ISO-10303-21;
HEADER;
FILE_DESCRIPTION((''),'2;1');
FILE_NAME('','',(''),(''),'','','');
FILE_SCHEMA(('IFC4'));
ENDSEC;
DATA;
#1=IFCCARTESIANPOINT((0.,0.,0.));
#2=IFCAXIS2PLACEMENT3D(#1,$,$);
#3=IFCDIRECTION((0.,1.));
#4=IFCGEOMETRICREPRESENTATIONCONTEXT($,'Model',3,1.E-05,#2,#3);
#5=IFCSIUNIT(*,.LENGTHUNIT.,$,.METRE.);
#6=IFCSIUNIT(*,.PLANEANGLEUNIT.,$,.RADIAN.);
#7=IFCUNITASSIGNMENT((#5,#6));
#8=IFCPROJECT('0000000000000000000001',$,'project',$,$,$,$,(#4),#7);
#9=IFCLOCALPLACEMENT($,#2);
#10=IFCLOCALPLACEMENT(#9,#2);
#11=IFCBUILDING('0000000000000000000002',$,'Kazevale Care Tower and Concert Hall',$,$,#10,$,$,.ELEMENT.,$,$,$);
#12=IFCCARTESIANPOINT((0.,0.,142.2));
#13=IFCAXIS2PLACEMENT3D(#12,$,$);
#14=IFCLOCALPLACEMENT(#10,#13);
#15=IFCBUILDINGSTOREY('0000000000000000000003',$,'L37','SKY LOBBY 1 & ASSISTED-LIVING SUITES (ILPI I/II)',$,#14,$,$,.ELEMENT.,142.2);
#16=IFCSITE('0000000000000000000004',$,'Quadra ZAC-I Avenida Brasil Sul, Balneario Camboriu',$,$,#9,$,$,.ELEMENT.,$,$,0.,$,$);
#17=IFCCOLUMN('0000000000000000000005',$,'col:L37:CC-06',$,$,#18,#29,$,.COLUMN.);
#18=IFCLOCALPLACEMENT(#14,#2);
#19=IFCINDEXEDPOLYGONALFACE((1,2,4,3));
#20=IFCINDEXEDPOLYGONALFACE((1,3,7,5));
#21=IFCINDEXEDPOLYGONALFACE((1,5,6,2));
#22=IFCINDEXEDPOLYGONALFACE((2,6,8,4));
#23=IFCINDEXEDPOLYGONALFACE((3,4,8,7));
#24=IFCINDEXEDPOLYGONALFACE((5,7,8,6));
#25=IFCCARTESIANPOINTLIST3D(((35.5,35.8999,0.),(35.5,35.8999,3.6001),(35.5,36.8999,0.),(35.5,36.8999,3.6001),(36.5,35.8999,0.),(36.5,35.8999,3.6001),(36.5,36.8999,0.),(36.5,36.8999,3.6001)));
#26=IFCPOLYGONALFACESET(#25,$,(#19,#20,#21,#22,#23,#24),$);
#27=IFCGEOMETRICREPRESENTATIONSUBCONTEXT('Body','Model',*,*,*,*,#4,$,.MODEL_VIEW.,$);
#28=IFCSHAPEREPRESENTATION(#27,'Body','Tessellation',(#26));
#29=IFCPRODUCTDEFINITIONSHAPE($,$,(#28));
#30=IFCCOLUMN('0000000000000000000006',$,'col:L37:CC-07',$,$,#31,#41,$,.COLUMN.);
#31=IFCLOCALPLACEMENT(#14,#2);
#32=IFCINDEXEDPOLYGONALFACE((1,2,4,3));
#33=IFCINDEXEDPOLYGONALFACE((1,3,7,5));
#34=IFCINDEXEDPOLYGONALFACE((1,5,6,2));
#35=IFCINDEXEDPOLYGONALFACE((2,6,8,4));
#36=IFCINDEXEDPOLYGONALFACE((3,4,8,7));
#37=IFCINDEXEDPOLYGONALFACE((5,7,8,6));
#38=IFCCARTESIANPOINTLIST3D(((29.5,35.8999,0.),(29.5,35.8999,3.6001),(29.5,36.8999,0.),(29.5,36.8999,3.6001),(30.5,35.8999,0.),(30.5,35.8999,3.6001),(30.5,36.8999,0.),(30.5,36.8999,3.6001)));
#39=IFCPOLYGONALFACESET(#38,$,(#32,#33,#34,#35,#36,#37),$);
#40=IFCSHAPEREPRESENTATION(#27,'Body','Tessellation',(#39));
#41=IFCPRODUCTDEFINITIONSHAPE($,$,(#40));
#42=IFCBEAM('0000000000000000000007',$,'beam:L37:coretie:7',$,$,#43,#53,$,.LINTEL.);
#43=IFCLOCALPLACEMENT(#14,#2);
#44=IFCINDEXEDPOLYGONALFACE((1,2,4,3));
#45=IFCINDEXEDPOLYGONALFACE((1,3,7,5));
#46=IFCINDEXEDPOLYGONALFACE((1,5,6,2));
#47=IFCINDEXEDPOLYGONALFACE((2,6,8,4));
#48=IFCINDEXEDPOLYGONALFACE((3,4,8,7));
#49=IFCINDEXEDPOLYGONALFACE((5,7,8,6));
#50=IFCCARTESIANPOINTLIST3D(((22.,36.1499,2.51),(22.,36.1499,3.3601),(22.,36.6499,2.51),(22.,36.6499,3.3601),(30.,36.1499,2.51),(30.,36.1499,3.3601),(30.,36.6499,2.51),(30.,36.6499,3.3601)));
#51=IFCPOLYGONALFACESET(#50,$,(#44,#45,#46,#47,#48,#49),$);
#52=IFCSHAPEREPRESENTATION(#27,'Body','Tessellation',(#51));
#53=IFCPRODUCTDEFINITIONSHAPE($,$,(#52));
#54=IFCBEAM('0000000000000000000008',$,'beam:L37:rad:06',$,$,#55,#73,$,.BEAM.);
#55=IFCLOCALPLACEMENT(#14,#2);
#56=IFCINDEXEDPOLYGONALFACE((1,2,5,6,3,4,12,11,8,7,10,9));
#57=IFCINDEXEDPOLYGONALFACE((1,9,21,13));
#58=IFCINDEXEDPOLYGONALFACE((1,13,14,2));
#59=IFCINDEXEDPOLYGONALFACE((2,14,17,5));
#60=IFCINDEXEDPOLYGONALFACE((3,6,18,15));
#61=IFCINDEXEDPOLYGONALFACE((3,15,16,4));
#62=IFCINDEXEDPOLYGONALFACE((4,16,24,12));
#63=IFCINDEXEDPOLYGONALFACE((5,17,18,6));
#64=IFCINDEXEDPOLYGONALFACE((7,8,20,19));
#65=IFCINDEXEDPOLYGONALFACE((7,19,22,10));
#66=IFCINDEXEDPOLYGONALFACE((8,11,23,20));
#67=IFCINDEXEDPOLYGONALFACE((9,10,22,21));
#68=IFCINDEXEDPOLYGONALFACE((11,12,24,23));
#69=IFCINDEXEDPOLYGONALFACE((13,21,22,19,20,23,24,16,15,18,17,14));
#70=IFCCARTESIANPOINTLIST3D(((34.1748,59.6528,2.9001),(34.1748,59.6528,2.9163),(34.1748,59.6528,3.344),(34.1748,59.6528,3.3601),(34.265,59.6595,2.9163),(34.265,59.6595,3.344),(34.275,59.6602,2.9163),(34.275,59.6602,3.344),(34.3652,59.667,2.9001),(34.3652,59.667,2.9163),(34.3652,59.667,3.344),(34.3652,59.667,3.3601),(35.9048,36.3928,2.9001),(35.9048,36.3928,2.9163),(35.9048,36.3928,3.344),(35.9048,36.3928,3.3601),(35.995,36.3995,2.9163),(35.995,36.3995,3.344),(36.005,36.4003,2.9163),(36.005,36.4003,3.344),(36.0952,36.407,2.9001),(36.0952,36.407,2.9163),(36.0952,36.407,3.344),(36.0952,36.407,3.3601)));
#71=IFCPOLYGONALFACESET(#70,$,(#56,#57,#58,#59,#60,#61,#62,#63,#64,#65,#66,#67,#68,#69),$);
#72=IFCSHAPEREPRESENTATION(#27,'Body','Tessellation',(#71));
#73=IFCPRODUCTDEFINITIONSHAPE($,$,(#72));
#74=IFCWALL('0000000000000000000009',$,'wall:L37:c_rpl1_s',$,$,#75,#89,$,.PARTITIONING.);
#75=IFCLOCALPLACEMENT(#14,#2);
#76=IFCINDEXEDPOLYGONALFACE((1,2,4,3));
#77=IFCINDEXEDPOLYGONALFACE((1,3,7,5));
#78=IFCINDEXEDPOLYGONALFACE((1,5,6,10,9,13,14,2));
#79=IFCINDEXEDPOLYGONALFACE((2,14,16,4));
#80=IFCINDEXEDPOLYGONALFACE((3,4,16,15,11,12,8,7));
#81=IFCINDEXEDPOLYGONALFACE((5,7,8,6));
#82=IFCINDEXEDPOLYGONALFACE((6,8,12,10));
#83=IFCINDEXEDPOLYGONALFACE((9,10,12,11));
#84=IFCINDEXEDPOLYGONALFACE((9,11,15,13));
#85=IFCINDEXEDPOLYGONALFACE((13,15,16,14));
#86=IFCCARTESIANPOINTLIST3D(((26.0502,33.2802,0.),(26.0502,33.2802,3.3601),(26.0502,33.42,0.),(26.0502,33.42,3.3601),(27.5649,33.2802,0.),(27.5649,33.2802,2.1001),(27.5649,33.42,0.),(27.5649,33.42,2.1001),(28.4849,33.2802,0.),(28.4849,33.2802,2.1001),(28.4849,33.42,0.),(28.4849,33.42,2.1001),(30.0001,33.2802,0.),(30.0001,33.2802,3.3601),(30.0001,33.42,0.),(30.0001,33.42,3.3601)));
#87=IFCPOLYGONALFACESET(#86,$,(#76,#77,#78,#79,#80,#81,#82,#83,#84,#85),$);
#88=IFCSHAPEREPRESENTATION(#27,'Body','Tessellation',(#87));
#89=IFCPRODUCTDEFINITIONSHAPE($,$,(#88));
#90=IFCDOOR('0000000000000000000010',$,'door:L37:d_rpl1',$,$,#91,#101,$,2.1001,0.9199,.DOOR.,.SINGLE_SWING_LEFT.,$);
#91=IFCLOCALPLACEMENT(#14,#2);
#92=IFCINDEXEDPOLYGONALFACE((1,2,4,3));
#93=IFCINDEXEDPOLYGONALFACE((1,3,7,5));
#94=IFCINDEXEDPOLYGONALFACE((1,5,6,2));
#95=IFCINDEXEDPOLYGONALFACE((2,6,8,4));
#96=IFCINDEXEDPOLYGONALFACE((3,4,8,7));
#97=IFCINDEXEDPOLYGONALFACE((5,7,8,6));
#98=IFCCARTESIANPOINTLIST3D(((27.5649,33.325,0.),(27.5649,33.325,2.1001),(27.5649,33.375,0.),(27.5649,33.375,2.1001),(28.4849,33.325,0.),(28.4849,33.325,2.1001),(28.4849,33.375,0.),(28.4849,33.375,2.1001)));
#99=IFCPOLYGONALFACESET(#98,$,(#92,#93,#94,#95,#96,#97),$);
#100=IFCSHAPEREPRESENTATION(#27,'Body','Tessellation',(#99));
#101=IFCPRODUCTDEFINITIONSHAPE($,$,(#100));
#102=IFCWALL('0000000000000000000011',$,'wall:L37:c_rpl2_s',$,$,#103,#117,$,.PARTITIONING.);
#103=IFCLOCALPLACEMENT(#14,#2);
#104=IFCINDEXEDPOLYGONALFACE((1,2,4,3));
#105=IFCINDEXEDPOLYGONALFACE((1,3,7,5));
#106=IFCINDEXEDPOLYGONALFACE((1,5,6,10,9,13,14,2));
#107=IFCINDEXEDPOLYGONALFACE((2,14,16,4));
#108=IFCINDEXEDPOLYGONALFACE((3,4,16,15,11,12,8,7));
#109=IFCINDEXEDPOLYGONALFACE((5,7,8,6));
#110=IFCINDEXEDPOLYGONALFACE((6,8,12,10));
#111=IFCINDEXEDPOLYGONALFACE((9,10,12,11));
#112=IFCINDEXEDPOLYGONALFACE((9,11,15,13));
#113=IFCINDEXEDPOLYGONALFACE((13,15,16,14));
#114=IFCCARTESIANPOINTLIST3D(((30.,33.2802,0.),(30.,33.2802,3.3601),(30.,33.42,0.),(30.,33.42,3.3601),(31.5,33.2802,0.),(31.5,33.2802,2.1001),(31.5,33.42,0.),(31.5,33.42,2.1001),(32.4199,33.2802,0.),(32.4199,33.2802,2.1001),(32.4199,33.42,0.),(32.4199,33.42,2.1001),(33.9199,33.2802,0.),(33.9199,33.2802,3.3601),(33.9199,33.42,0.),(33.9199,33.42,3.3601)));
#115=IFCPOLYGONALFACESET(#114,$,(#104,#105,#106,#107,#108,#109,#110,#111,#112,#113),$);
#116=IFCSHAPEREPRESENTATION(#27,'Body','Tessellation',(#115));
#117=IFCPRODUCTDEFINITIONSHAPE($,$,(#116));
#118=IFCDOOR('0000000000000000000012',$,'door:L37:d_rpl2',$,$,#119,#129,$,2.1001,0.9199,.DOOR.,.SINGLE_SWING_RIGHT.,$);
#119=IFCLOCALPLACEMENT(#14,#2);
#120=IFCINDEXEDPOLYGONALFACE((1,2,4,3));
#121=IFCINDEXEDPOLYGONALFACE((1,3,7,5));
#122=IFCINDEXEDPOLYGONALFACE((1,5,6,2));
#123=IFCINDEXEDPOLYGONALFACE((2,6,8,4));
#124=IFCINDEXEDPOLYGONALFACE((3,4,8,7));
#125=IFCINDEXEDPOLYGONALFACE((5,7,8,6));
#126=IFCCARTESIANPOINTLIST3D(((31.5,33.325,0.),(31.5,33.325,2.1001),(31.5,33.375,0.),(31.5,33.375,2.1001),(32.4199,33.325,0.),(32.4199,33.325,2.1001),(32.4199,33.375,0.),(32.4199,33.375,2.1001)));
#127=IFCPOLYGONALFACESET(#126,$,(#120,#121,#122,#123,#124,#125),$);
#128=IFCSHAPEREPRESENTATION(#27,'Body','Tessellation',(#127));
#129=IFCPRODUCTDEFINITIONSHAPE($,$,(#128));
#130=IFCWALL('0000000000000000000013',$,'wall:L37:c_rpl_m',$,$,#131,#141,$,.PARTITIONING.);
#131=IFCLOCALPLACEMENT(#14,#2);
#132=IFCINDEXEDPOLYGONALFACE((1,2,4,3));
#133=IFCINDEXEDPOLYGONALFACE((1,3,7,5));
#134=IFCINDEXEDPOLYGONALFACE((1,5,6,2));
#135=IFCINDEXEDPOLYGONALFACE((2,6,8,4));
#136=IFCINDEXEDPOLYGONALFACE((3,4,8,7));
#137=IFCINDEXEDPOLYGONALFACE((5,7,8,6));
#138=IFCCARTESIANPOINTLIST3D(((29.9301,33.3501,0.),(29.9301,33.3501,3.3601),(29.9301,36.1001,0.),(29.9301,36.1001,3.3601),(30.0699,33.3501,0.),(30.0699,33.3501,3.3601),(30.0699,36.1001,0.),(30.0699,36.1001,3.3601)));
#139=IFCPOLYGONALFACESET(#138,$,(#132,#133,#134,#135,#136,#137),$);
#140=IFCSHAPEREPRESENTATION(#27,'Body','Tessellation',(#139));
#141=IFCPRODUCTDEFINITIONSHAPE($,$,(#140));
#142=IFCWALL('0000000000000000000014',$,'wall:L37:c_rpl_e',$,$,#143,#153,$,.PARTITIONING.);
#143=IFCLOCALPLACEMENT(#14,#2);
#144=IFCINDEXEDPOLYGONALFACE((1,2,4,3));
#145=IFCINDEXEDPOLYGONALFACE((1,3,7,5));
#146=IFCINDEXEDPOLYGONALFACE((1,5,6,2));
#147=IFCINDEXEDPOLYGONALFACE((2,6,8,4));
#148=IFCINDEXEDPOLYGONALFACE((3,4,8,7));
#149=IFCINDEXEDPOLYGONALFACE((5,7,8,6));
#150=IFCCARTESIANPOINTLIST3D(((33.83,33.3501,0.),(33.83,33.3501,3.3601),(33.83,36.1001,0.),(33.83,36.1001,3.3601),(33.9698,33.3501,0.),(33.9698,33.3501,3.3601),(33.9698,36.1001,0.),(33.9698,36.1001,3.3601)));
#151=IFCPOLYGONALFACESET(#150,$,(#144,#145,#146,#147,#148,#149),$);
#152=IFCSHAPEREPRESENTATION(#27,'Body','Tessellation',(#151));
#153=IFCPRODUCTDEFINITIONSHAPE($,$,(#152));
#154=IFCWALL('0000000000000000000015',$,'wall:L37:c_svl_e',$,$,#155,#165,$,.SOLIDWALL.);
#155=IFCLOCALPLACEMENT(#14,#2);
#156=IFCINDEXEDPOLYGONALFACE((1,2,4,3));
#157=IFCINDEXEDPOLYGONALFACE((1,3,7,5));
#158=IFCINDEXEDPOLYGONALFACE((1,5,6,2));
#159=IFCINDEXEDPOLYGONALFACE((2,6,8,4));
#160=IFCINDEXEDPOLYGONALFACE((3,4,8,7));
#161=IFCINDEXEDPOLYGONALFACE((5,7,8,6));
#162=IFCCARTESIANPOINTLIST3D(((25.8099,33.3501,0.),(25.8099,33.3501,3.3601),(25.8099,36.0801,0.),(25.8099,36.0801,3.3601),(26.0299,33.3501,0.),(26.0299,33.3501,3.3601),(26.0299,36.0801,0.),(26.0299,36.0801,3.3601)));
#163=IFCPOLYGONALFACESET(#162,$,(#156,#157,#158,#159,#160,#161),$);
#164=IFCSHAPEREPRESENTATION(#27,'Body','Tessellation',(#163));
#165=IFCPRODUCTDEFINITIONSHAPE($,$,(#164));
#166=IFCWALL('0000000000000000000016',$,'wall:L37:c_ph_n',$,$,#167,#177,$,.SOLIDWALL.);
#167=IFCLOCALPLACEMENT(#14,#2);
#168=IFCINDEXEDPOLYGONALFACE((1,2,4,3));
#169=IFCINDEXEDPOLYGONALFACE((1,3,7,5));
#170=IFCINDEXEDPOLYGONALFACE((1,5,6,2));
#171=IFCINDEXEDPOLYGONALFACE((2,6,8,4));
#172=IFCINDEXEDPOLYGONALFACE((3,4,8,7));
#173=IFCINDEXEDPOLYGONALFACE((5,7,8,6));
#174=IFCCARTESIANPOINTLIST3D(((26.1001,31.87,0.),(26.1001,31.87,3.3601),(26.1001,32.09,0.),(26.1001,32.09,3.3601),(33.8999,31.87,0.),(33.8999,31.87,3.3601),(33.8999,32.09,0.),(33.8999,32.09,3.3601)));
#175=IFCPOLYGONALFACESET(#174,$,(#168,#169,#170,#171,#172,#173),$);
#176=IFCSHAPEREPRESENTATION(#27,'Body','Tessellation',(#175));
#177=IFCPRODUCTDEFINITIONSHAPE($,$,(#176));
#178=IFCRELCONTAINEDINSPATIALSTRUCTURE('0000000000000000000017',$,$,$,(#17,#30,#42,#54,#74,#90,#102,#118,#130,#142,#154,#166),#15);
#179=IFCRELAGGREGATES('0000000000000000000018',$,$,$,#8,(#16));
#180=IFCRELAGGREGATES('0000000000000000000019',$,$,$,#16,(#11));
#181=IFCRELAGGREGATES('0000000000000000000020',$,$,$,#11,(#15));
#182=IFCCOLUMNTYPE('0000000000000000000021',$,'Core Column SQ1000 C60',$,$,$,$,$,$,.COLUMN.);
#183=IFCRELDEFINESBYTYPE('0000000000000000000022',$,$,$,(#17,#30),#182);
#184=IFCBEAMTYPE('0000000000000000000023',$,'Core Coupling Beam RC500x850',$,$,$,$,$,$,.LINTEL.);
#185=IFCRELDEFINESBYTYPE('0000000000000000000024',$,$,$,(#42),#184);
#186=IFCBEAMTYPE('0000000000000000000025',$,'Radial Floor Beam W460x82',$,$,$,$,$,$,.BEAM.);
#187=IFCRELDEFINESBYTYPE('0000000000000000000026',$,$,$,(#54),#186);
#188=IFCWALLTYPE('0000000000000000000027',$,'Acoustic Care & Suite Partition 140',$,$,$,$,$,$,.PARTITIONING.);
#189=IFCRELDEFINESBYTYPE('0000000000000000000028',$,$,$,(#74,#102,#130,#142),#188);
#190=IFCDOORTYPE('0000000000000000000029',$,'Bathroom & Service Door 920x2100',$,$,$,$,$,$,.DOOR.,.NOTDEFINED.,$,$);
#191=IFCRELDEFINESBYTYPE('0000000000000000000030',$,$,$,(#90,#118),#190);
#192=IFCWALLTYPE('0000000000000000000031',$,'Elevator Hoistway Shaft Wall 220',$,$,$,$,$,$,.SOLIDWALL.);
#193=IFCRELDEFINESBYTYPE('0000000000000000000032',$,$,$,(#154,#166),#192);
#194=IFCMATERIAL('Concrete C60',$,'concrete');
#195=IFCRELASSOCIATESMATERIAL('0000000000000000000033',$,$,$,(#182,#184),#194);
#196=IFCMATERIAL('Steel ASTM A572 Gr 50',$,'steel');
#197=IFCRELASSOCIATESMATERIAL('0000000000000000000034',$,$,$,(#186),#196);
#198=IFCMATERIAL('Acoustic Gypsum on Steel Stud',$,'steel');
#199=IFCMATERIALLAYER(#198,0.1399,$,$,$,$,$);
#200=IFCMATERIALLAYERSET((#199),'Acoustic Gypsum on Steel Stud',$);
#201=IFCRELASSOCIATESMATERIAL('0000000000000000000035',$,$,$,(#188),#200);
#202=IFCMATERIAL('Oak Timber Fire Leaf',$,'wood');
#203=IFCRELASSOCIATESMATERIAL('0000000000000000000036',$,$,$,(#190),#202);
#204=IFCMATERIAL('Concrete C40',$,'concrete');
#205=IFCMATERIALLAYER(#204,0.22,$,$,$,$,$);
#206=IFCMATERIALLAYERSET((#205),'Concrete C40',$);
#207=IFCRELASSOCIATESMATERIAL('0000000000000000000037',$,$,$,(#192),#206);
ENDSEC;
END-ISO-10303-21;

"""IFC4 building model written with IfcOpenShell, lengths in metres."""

from ifc_helpers import new_model, si_unit, direction, frame, frame_2d, origin, origin_2d, place, context, subcontext, project, spatial, rectangle, i_section, extrude, material, layer, layer_set, material_profile, profile_set, type_object, element, fill, save


model = new_model("IFC4")

# Units and contexts
model_context = context("Model", 3, precision=1e-05, world=origin(), true_north=direction((0.0, 1.0)))
body_context = subcontext(model_context, "Body", "Model", "MODEL_VIEW")
ifc_project = project(units=[si_unit("LENGTHUNIT", "METRE"), si_unit("PLANEANGLEUNIT", "RADIAN")], contexts=[model_context])

# Site, building, storey
site_placement = place(None, origin())
site = spatial("IfcSite", under=ifc_project, at=site_placement, Name="Quadra ZAC-I Avenida Brasil Sul, Balneario Camboriu", CompositionType="ELEMENT", RefElevation=0.0)
building_placement = place(site_placement, origin())
building = spatial("IfcBuilding", under=site, at=building_placement, Name="Kazevale Care Tower and Concert Hall", CompositionType="ELEMENT")
storey_placement = place(building_placement, frame((0.0, 0.0, 142.2)))
storey = spatial("IfcBuildingStorey", under=building, at=storey_placement, Name="L37", Description="SKY LOBBY 1 & ASSISTED-LIVING SUITES (ILPI I/II)", CompositionType="ELEMENT", Elevation=142.2)

# Columns
ifc_material_1 = material(Name="Concrete C60", Category="concrete")
ifc_material_profile_1 = material_profile(ifc_material_1, rectangle(XDim=1.0, YDim=1.0, at=origin_2d()), Name="RC-SQ1000")
ifc_profile_set_1 = profile_set([ifc_material_profile_1], Name="Concrete C60")
column_type = type_object("IfcColumnType", Name="Core Column SQ1000 C60", PredefinedType="COLUMN", material=ifc_profile_set_1)
for number, where, z_axis, x_axis, name in (
    (1, (36.0, 36.3999, 0.0), (0.0, 0.0, 1.0), (1.0, 0.0, 0.0), "col:L37:CC-06"),
    (2, (30.0, 36.3999, 0.0), (0.0, 0.0, 1.0), (1.0, 0.0, 0.0), "col:L37:CC-07"),
):
    element("IfcColumn", number, at=place(storey_placement, frame(where, z_axis=z_axis, x_axis=x_axis)), inside=storey, type_object=column_type, Name=name, PredefinedType="COLUMN", context=body_context, shape_type="SweptSolid", body=[
        extrude(rectangle(XDim=1.0, YDim=1.0, at=origin_2d()), origin(), (0.0, 0.0, 1.0), 3.6001),
    ])

# Beams
ifc_material_profile_2 = material_profile(ifc_material_1, rectangle(XDim=0.5, YDim=0.8501, at=origin_2d()), Name="RC-B500x850")
ifc_profile_set_2 = profile_set([ifc_material_profile_2], Name="Concrete C60")
beam_type_1 = type_object("IfcBeamType", Name="Core Coupling Beam RC500x850", PredefinedType="LINTEL", material=ifc_profile_set_2)
beam_1_placement = place(storey_placement, frame((30.0, 36.3999, 2.9351), z_axis=(-1.0, 0.0, 0.0), x_axis=(0.0, -1.0, 0.0)))
element("IfcBeam", 3, at=beam_1_placement, inside=storey, type_object=beam_type_1, Name="beam:L37:coretie:7", PredefinedType="LINTEL", context=body_context, shape_type="SweptSolid", body=[
    extrude(rectangle(XDim=0.5, YDim=0.8501, at=origin_2d()), origin(), (0.0, 0.0, 1.0), 8.0),
])
ifc_material_2 = material(Name="Steel ASTM A572 Gr 50", Category="steel")
ifc_material_profile_3 = material_profile(ifc_material_2, i_section(OverallWidth=0.1909, OverallDepth=0.46, WebThickness=0.01, FlangeThickness=0.0161, at=origin_2d()), Name="W460x82")
ifc_profile_set_3 = profile_set([ifc_material_profile_3], Name="Steel ASTM A572 Gr 50")
beam_type_2 = type_object("IfcBeamType", Name="Radial Floor Beam W460x82", PredefinedType="BEAM", material=ifc_profile_set_3)
beam_2_placement = place(storey_placement, frame((36.0, 36.3999, 3.1301), z_axis=(-0.074171, 0.997246, 0.0), x_axis=(-0.997246, -0.074171, 0.0)))
element("IfcBeam", 4, at=beam_2_placement, inside=storey, type_object=beam_type_2, Name="beam:L37:rad:06", PredefinedType="BEAM", context=body_context, shape_type="SweptSolid", body=[
    extrude(i_section(OverallWidth=0.1909, OverallDepth=0.46, WebThickness=0.01, FlangeThickness=0.0161, at=origin_2d()), origin(), (0.0, 0.0, 1.0), 23.3242),
])

# Walls, openings, doors
ifc_material_3 = material(Name="Acoustic Gypsum on Steel Stud", Category="steel")
ifc_layer_1 = layer(ifc_material_3, 0.1399)
ifc_layer_set_1 = layer_set([ifc_layer_1], Name="Acoustic Gypsum on Steel Stud")
wall_type_1 = type_object("IfcWallType", Name="Acoustic Care & Suite Partition 140", PredefinedType="PARTITIONING", material=ifc_layer_set_1)
wall_1_placement = place(storey_placement, frame((26.05, 33.3501, 0.0), z_axis=(0.0, 0.0, 1.0), x_axis=(1.0, 0.0, 0.0)))
wall_1 = element("IfcWall", 5, at=wall_1_placement, inside=storey, type_object=wall_type_1, Name="wall:L37:c_rpl1_s", PredefinedType="PARTITIONING", context=body_context, shape_type="SweptSolid", body=[
    extrude(rectangle(XDim=3.95, YDim=0.1399, at=frame_2d((1.9751, 0.0))), origin(), (0.0, 0.0, 1.0), 3.3601),
])
opening_1_placement = place(wall_1_placement, frame((1.5149, 0.0, 0.0)))
opening_1 = element("IfcOpeningElement", 6, at=opening_1_placement, cuts=wall_1, PredefinedType="OPENING", context=body_context, shape_type="SweptSolid", body=[
    extrude(rectangle(XDim=0.9199, YDim=2.1001, at=frame_2d((0.46, 1.05))), frame((0.0, 0.0798, 0.0), z_axis=(0.0, -1.0, 0.0), x_axis=(1.0, 0.0, 0.0)), (0.0, 0.0, 1.0), 0.1599),
])
ifc_material_4 = material(Name="Oak Timber Fire Leaf", Category="wood")
door_type_1 = type_object("IfcDoorType", Name="Bathroom & Service Door 920x2100", OperationType="NOTDEFINED", PredefinedType="DOOR", material=ifc_material_4)
door_1_placement = place(opening_1_placement, origin())
door_1 = element("IfcDoor", 7, at=door_1_placement, inside=storey, type_object=door_type_1, Name="door:L37:d_rpl1", OperationType="SINGLE_SWING_LEFT", OverallHeight=2.1001, OverallWidth=0.9199, PredefinedType="DOOR", context=body_context, shape_type="SweptSolid", body=[
    extrude(rectangle(XDim=0.9199, YDim=2.1001, at=frame_2d((0.46, 1.05))), frame((0.0, 0.0249, 0.0), z_axis=(0.0, -1.0, 0.0), x_axis=(1.0, 0.0, 0.0)), (0.0, 0.0, 1.0), 0.05),
])
fill(opening_1, door_1)
wall_2_placement = place(storey_placement, frame((30.0, 33.3501, 0.0), z_axis=(0.0, 0.0, 1.0), x_axis=(1.0, 0.0, 0.0)))
wall_2 = element("IfcWall", 8, at=wall_2_placement, inside=storey, type_object=wall_type_1, Name="wall:L37:c_rpl2_s", PredefinedType="PARTITIONING", context=body_context, shape_type="SweptSolid", body=[
    extrude(rectangle(XDim=3.9199, YDim=0.1399, at=frame_2d((1.96, 0.0))), origin(), (0.0, 0.0, 1.0), 3.3601),
])
opening_2_placement = place(wall_2_placement, frame((1.5, 0.0, 0.0)))
opening_2 = element("IfcOpeningElement", 9, at=opening_2_placement, cuts=wall_2, PredefinedType="OPENING", context=body_context, shape_type="SweptSolid", body=[
    extrude(rectangle(XDim=0.9199, YDim=2.1001, at=frame_2d((0.46, 1.05))), frame((0.0, 0.0798, 0.0), z_axis=(0.0, -1.0, 0.0), x_axis=(1.0, 0.0, 0.0)), (0.0, 0.0, 1.0), 0.1599),
])
door_2_placement = place(opening_2_placement, origin())
door_2 = element("IfcDoor", 10, at=door_2_placement, inside=storey, type_object=door_type_1, Name="door:L37:d_rpl2", OperationType="SINGLE_SWING_RIGHT", OverallHeight=2.1001, OverallWidth=0.9199, PredefinedType="DOOR", context=body_context, shape_type="SweptSolid", body=[
    extrude(rectangle(XDim=0.9199, YDim=2.1001, at=frame_2d((0.46, 1.05))), frame((0.0, 0.0249, 0.0), z_axis=(0.0, -1.0, 0.0), x_axis=(1.0, 0.0, 0.0)), (0.0, 0.0, 1.0), 0.05),
])
fill(opening_2, door_2)

# Walls
for number, where, z_axis, x_axis, name in (
    (11, (30.0, 33.3501, 0.0), (0.0, 0.0, 1.0), (0.0, 1.0, 0.0), "wall:L37:c_rpl_m"),
    (12, (33.8999, 33.3501, 0.0), (0.0, 0.0, 1.0), (0.0, 1.0, 0.0), "wall:L37:c_rpl_e"),
):
    element("IfcWall", number, at=place(storey_placement, frame(where, z_axis=z_axis, x_axis=x_axis)), inside=storey, type_object=wall_type_1, Name=name, PredefinedType="PARTITIONING", context=body_context, shape_type="SweptSolid", body=[
        extrude(rectangle(XDim=2.75, YDim=0.1399, at=frame_2d((1.375, 0.0))), origin(), (0.0, 0.0, 1.0), 3.3601),
    ])
ifc_material_5 = material(Name="Concrete C40", Category="concrete")
ifc_layer_2 = layer(ifc_material_5, 0.22)
ifc_layer_set_2 = layer_set([ifc_layer_2], Name="Concrete C40")
wall_type_2 = type_object("IfcWallType", Name="Elevator Hoistway Shaft Wall 220", PredefinedType="SOLIDWALL", material=ifc_layer_set_2)
wall_3_placement = place(storey_placement, frame((25.9199, 33.3501, 0.0), z_axis=(0.0, 0.0, 1.0), x_axis=(0.0, 1.0, 0.0)))
element("IfcWall", 13, at=wall_3_placement, inside=storey, type_object=wall_type_2, Name="wall:L37:c_svl_e", PredefinedType="SOLIDWALL", context=body_context, shape_type="SweptSolid", body=[
    extrude(rectangle(XDim=2.73, YDim=0.22, at=frame_2d((1.365, 0.0))), origin(), (0.0, 0.0, 1.0), 3.3601),
])
wall_4_placement = place(storey_placement, frame((26.1001, 31.98, 0.0), z_axis=(0.0, 0.0, 1.0), x_axis=(1.0, 0.0, 0.0)))
element("IfcWall", 14, at=wall_4_placement, inside=storey, type_object=wall_type_2, Name="wall:L37:c_ph_n", PredefinedType="SOLIDWALL", context=body_context, shape_type="SweptSolid", body=[
    extrude(rectangle(XDim=7.7998, YDim=0.22, at=frame_2d((3.8999, 0.0))), origin(), (0.0, 0.0, 1.0), 3.3601),
])

save(model, "model.ifc")
